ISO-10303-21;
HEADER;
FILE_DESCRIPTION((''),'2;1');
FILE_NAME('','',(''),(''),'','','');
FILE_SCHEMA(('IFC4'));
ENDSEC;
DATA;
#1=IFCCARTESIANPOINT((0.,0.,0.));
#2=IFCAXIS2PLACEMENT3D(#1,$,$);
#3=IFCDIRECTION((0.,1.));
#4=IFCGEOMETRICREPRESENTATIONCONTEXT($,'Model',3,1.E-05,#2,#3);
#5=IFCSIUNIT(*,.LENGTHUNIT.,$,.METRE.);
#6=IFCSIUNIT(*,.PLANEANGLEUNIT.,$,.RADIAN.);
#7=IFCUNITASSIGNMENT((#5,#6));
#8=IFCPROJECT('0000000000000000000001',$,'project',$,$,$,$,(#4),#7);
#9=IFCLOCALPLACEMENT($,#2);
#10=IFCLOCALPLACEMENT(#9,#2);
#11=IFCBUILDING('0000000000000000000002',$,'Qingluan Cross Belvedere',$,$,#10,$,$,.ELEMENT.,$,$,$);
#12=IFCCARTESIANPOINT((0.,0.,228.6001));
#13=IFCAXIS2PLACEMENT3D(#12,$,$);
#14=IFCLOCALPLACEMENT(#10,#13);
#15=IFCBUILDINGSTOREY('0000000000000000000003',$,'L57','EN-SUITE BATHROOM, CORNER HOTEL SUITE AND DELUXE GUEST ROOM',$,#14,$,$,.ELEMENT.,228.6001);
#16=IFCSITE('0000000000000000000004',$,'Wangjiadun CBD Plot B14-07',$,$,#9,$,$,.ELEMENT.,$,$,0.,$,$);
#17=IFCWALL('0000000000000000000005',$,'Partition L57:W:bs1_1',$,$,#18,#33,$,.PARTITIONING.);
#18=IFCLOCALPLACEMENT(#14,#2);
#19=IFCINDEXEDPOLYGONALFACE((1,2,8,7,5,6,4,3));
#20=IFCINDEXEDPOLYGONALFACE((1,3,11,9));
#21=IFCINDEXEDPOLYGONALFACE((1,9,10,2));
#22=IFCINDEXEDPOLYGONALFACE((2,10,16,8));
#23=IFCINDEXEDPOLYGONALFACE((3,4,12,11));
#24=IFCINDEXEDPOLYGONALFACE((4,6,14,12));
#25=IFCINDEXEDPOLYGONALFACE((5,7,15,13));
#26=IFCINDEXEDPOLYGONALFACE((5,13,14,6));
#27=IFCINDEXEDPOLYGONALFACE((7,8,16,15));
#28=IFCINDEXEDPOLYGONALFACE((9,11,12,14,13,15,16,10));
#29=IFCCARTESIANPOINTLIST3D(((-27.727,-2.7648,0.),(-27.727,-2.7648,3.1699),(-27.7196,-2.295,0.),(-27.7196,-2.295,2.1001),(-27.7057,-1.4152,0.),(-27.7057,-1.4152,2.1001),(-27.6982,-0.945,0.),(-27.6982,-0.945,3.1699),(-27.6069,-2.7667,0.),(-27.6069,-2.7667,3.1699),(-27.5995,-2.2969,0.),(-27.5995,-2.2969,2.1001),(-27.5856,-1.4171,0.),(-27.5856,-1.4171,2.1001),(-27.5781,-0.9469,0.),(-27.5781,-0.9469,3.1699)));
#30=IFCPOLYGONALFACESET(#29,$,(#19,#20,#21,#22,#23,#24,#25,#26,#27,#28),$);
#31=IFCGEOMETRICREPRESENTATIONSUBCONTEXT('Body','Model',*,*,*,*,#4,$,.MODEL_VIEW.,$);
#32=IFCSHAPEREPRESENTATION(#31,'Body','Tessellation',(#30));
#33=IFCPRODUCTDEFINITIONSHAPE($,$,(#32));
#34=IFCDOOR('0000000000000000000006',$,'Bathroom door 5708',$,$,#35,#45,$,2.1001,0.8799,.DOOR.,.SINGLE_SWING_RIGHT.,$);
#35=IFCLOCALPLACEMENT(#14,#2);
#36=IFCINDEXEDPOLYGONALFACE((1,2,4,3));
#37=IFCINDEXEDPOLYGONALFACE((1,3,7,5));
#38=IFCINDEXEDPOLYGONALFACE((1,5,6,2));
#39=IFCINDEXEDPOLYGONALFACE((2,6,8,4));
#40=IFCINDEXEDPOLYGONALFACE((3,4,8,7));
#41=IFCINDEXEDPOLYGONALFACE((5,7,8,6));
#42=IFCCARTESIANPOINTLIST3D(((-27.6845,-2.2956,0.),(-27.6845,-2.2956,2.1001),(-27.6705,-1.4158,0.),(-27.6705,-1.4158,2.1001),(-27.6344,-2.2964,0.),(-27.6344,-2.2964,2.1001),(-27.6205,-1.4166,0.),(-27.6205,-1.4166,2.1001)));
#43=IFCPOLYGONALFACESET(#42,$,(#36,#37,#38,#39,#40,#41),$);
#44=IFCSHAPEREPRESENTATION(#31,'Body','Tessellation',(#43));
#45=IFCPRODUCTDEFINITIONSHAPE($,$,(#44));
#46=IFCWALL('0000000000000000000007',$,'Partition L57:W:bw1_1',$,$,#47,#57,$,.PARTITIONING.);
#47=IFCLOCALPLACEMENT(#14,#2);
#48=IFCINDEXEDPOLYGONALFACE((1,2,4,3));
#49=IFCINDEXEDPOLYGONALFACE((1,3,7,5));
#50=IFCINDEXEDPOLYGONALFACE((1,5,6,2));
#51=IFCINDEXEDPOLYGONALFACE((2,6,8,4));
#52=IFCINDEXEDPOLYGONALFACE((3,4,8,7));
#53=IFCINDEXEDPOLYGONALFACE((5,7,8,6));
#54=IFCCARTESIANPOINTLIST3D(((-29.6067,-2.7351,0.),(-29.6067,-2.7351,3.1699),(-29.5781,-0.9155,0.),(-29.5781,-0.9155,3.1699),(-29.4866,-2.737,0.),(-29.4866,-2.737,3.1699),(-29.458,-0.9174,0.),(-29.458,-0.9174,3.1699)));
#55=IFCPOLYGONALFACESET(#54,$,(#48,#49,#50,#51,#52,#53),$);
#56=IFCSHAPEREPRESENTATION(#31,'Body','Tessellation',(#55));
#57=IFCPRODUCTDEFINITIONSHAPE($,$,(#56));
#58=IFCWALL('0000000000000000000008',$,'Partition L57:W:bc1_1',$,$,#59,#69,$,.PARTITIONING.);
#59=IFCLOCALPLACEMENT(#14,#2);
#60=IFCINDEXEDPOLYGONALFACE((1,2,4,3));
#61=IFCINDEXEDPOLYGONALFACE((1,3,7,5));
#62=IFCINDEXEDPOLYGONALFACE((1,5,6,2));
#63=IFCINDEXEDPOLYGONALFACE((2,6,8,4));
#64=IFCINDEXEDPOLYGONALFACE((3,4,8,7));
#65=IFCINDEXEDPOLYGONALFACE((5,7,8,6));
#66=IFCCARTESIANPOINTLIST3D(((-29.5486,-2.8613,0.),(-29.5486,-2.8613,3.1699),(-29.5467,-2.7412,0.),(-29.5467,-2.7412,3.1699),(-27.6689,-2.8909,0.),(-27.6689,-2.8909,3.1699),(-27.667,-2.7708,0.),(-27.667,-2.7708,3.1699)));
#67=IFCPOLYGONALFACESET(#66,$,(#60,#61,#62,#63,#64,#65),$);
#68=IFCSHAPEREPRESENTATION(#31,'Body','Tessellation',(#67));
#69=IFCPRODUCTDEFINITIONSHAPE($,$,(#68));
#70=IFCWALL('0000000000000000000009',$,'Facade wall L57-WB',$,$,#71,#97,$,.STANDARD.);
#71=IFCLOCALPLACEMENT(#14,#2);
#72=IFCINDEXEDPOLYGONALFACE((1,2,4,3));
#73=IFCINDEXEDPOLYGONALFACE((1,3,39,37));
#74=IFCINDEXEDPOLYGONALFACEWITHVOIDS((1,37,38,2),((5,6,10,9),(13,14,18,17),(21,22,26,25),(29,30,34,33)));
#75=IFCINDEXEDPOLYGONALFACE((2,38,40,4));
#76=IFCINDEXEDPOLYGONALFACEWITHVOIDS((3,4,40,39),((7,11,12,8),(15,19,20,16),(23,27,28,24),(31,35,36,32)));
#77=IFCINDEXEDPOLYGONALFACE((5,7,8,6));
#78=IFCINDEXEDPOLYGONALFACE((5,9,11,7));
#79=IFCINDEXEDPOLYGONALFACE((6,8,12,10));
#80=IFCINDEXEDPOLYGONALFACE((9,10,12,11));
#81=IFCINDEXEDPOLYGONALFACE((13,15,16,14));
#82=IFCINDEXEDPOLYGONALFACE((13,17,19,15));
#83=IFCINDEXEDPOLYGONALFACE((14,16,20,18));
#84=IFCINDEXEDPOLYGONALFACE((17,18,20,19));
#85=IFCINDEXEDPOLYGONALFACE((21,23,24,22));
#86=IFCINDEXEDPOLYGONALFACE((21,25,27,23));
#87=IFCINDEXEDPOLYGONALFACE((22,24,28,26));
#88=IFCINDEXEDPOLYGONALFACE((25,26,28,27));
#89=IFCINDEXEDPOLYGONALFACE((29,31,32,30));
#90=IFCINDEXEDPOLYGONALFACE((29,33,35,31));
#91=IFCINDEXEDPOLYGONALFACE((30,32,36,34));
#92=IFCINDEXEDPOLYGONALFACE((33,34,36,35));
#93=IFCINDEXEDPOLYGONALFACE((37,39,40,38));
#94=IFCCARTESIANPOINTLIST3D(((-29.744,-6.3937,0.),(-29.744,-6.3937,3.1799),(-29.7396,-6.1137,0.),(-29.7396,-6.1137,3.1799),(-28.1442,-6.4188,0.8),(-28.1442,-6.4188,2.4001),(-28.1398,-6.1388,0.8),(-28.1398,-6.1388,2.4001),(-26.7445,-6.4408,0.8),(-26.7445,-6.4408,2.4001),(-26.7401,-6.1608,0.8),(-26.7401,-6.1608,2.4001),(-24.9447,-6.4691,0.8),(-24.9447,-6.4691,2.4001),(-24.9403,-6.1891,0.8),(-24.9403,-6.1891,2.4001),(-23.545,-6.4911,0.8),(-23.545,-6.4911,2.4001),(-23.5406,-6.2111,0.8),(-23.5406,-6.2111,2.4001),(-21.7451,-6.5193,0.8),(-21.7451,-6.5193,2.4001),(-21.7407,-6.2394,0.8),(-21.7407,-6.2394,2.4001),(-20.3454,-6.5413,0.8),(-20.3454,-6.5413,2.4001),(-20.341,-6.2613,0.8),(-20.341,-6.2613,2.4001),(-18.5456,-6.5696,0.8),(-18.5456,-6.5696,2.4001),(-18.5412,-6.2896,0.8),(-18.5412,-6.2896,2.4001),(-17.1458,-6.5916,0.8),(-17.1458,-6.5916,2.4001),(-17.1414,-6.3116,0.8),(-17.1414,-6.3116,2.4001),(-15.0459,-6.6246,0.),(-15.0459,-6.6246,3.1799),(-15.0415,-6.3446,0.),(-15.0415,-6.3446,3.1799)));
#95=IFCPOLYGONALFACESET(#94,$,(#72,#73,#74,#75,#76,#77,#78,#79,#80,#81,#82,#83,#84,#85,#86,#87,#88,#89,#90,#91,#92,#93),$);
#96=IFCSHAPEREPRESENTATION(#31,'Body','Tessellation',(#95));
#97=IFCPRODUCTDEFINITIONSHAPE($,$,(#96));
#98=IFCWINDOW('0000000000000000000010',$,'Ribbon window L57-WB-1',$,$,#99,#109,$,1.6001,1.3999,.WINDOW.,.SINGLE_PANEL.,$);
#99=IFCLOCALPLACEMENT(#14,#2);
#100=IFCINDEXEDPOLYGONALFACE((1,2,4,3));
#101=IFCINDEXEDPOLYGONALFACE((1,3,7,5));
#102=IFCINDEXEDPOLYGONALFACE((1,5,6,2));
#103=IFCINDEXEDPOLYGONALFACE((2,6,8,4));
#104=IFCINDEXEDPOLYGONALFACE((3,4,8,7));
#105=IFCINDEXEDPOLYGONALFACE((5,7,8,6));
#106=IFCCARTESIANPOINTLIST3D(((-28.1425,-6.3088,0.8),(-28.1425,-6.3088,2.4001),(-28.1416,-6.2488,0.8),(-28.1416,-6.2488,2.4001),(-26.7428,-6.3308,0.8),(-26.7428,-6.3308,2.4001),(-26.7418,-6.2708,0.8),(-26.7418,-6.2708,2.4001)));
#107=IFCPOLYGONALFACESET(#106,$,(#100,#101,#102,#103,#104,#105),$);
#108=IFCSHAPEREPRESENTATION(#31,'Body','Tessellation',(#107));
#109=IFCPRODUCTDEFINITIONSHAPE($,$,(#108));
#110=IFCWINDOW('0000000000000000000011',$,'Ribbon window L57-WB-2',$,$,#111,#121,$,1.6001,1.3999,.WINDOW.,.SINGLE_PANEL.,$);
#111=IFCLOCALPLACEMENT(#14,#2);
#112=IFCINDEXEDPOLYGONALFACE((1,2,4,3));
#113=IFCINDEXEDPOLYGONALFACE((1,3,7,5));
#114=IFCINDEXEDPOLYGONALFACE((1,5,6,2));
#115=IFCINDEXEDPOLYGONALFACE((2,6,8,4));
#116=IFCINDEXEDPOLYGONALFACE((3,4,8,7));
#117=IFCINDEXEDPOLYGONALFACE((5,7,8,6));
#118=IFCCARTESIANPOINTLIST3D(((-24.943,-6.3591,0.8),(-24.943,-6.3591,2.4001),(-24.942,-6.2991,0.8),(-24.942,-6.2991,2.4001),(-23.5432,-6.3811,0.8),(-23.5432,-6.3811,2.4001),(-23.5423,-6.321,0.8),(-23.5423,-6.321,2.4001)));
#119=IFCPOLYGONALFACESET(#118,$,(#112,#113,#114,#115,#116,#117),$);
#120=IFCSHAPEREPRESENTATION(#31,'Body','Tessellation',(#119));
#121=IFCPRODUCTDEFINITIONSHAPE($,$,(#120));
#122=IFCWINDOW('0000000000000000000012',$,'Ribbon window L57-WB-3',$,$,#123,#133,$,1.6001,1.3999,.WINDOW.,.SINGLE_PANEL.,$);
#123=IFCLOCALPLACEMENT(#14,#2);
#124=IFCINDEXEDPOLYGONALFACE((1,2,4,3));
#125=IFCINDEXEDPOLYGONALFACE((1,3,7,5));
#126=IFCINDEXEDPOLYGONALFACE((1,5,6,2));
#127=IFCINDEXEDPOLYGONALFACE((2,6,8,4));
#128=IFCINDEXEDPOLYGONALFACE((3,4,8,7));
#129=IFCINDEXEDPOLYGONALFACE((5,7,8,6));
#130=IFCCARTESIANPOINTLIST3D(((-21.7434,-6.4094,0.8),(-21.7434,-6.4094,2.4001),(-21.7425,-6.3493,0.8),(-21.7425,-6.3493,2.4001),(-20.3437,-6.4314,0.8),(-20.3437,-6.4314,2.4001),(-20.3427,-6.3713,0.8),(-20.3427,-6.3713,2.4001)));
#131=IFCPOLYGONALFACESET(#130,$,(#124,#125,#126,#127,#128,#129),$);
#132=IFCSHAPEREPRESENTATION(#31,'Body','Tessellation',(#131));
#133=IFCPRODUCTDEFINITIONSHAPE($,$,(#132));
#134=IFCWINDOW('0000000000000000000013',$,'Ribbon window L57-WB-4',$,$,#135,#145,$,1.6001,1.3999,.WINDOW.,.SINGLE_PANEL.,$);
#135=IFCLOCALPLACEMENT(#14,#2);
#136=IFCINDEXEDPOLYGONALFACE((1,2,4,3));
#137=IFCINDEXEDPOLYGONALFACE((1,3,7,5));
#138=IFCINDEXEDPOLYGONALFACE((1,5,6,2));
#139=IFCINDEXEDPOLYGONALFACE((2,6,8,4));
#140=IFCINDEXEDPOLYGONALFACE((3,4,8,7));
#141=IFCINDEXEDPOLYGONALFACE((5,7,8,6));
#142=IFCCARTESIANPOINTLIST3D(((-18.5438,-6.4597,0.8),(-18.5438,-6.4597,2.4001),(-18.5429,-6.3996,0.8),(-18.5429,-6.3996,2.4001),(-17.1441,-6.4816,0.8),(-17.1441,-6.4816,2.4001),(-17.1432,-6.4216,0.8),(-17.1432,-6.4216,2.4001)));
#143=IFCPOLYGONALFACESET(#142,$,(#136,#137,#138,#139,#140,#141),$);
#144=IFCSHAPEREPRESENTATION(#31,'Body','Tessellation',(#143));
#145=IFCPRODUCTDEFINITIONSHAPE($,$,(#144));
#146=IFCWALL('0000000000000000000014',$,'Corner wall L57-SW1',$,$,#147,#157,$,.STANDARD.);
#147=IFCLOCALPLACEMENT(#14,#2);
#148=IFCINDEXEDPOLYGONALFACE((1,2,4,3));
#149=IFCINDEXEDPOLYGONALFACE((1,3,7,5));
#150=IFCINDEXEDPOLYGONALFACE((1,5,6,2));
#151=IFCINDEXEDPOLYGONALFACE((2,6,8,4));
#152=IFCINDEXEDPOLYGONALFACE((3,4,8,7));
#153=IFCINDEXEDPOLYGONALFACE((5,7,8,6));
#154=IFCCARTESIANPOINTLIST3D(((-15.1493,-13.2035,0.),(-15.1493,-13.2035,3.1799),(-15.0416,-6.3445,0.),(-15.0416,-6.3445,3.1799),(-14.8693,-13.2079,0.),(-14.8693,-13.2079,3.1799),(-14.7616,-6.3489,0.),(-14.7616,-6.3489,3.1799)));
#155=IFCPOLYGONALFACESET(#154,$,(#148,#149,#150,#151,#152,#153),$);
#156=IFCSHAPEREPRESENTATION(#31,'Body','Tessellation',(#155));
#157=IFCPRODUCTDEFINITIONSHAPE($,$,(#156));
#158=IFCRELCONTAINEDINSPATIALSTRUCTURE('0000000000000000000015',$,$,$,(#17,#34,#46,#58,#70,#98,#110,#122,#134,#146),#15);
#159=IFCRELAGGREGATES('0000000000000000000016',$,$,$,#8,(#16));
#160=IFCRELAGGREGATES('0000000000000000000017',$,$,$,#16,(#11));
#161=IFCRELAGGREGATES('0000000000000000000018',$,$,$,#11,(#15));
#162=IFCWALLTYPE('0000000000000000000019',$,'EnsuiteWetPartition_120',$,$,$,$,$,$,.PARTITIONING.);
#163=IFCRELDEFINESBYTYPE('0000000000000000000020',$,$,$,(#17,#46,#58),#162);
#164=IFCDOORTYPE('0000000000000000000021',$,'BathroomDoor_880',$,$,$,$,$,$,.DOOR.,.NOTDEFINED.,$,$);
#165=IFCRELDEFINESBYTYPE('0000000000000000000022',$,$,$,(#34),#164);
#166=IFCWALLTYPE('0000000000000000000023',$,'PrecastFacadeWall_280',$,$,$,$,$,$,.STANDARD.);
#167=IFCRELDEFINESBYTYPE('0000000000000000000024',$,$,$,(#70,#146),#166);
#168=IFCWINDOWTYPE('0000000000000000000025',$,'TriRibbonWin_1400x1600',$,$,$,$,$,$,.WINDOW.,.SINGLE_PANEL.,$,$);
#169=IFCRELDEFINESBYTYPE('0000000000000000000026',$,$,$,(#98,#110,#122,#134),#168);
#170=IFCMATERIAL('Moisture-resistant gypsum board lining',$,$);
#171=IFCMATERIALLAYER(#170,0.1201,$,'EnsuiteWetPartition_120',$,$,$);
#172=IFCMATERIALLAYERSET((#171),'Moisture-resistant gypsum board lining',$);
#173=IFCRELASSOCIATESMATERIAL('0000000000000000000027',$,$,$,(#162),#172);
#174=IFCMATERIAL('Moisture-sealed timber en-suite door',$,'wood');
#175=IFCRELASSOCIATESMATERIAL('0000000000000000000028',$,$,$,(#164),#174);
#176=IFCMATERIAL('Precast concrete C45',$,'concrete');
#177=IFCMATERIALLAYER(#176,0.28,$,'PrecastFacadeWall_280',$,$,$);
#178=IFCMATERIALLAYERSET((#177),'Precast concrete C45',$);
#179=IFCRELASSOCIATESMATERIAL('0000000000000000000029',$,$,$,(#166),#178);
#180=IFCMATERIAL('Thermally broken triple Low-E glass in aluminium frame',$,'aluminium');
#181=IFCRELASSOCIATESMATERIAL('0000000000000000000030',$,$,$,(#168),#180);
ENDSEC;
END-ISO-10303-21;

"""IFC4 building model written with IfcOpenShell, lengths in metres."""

from ifc_helpers import new_model, si_unit, direction, frame, frame_2d, origin, place, context, subcontext, project, spatial, rectangle, extrude, material, layer, layer_set, type_object, element, fill, save


model = new_model("IFC4")

# Units and contexts
model_context = context("Model", 3, precision=1e-05, world=origin(), true_north=direction((0.0, 1.0)))
body_context = subcontext(model_context, "Body", "Model", "MODEL_VIEW")
ifc_project = project(units=[si_unit("LENGTHUNIT", "METRE"), si_unit("PLANEANGLEUNIT", "RADIAN")], contexts=[model_context])

# Site, building, storey
site_placement = place(None, origin())
site = spatial("IfcSite", under=ifc_project, at=site_placement, Name="Wangjiadun CBD Plot B14-07", CompositionType="ELEMENT", RefElevation=0.0)
building_placement = place(site_placement, origin())
building = spatial("IfcBuilding", under=site, at=building_placement, Name="Qingluan Cross Belvedere", CompositionType="ELEMENT")
storey_placement = place(building_placement, frame((0.0, 0.0, 228.6001)))
storey = spatial("IfcBuildingStorey", under=building, at=storey_placement, Name="L57", Description="EN-SUITE BATHROOM, CORNER HOTEL SUITE AND DELUXE GUEST ROOM", CompositionType="ELEMENT", Elevation=228.6001)

# Shared definitions
ifc_material_1 = material(Name="Moisture-resistant gypsum board lining")
ifc_layer_1 = layer(ifc_material_1, 0.1201, Name="EnsuiteWetPartition_120")
ifc_layer_set_1 = layer_set([ifc_layer_1], Name="Moisture-resistant gypsum board lining")
wall_type_1 = type_object("IfcWallType", Name="EnsuiteWetPartition_120", PredefinedType="PARTITIONING", material=ifc_layer_set_1)
ifc_material_2 = material(Name="Moisture-sealed timber en-suite door", Category="wood")
door_type_1 = type_object("IfcDoorType", Name="BathroomDoor_880", OperationType="NOTDEFINED", PredefinedType="DOOR", material=ifc_material_2)

# Wall, opening, door
wall_1_placement = place(storey_placement, frame((-27.667, -2.7659, 0.0), z_axis=(0.0, 0.0, 1.0), x_axis=(0.015828, 0.999875, 0.0)))
wall_1 = element("IfcWall", 1, at=wall_1_placement, inside=storey, type_object=wall_type_1, Name="Partition L57:W:bs1_1", PredefinedType="PARTITIONING", context=body_context, shape_type="SweptSolid", body=[
    extrude(rectangle(XDim=1.8201, YDim=0.1201, at=frame_2d((0.9102, 0.0))), origin(), (0.0, 0.0, 1.0), 3.1699),
])
opening_1_placement = place(wall_1_placement, frame((0.47, 0.0, 0.0)))
opening_1 = element("IfcOpeningElement", 2, at=opening_1_placement, cuts=wall_1, PredefinedType="OPENING", context=body_context, shape_type="SweptSolid", body=[
    extrude(rectangle(XDim=0.8799, YDim=2.1001, at=frame_2d((0.4399, 1.05))), frame((0.0, 0.0701, 0.0), z_axis=(0.0, -1.0, 0.0), x_axis=(1.0, 0.0, 0.0)), (0.0, 0.0, 1.0), 0.1401),
])
door_1_placement = place(opening_1_placement, origin())
door_1 = element("IfcDoor", 3, at=door_1_placement, inside=storey, type_object=door_type_1, Name="Bathroom door 5708", OperationType="SINGLE_SWING_RIGHT", OverallHeight=2.1001, OverallWidth=0.8799, PredefinedType="DOOR", context=body_context, shape_type="SweptSolid", body=[
    extrude(rectangle(XDim=0.8799, YDim=2.1001, at=frame_2d((0.4399, 1.05))), frame((0.0, 0.0249, 0.0), z_axis=(0.0, -1.0, 0.0), x_axis=(1.0, 0.0, 0.0)), (0.0, 0.0, 1.0), 0.05),
])
fill(opening_1, door_1)

# Walls
wall_2_placement = place(storey_placement, frame((-29.5466, -2.7361, 0.0), z_axis=(0.0, 0.0, 1.0), x_axis=(0.015696, 0.999877, 0.0)))
element("IfcWall", 4, at=wall_2_placement, inside=storey, type_object=wall_type_1, Name="Partition L57:W:bw1_1", PredefinedType="PARTITIONING", context=body_context, shape_type="SweptSolid", body=[
    extrude(rectangle(XDim=1.8198, YDim=0.1201, at=frame_2d((0.9099, 0.0))), origin(), (0.0, 0.0, 1.0), 3.1699),
])
wall_3_placement = place(storey_placement, frame((-27.668, -2.8308, 0.0), z_axis=(0.0, 0.0, 1.0), x_axis=(-0.999877, 0.015714, 0.0)))
element("IfcWall", 5, at=wall_3_placement, inside=storey, type_object=wall_type_1, Name="Partition L57:W:bc1_1", PredefinedType="PARTITIONING", context=body_context, shape_type="SweptSolid", body=[
    extrude(rectangle(XDim=1.8799, YDim=0.1201, at=frame_2d((0.9399, 0.0))), origin(), (0.0, 0.0, 1.0), 3.1699),
])

# Wall, openings, windows
ifc_material_3 = material(Name="Precast concrete C45", Category="concrete")
ifc_layer_2 = layer(ifc_material_3, 0.28, Name="PrecastFacadeWall_280")
ifc_layer_set_2 = layer_set([ifc_layer_2], Name="Precast concrete C45")
wall_type_2 = type_object("IfcWallType", Name="PrecastFacadeWall_280", PredefinedType="STANDARD", material=ifc_layer_set_2)
wall_4_placement = place(storey_placement, frame((-29.7419, -6.2537, 0.0), z_axis=(0.0, 0.0, 1.0), x_axis=(0.999877, -0.015711, 0.0)))
wall_4 = element("IfcWall", 6, at=wall_4_placement, inside=storey, type_object=wall_type_2, Name="Facade wall L57-WB", PredefinedType="STANDARD", context=body_context, shape_type="SweptSolid", body=[
    extrude(rectangle(XDim=14.7, YDim=0.28, at=frame_2d((7.3501, 0.0))), origin(), (0.0, 0.0, 1.0), 3.1799),
])
opening_2_placement = place(wall_4_placement, frame((1.6001, 0.0, 0.8)))
opening_2 = element("IfcOpeningElement", 7, at=opening_2_placement, cuts=wall_4, PredefinedType="OPENING", context=body_context, shape_type="SweptSolid", body=[
    extrude(rectangle(XDim=1.3999, YDim=1.6001, at=frame_2d((0.7, 0.8))), frame((0.0, 0.1499, 0.0), z_axis=(0.0, -1.0, 0.0), x_axis=(1.0, 0.0, 0.0)), (0.0, 0.0, 1.0), 0.3),
])
opening_3_placement = place(wall_4_placement, frame((4.8, 0.0, 0.8)))
opening_3 = element("IfcOpeningElement", 8, at=opening_3_placement, cuts=wall_4, PredefinedType="OPENING", context=body_context, shape_type="SweptSolid", body=[
    extrude(rectangle(XDim=1.3999, YDim=1.6001, at=frame_2d((0.7, 0.8))), frame((0.0, 0.1499, 0.0), z_axis=(0.0, -1.0, 0.0), x_axis=(1.0, 0.0, 0.0)), (0.0, 0.0, 1.0), 0.3),
])
opening_4_placement = place(wall_4_placement, frame((8.0, 0.0, 0.8)))
opening_4 = element("IfcOpeningElement", 9, at=opening_4_placement, cuts=wall_4, PredefinedType="OPENING", context=body_context, shape_type="SweptSolid", body=[
    extrude(rectangle(XDim=1.3999, YDim=1.6001, at=frame_2d((0.7, 0.8))), frame((0.0, 0.1499, 0.0), z_axis=(0.0, -1.0, 0.0), x_axis=(1.0, 0.0, 0.0)), (0.0, 0.0, 1.0), 0.3),
])
opening_5_placement = place(wall_4_placement, frame((11.2, 0.0, 0.8)))
opening_5 = element("IfcOpeningElement", 10, at=opening_5_placement, cuts=wall_4, PredefinedType="OPENING", context=body_context, shape_type="SweptSolid", body=[
    extrude(rectangle(XDim=1.3999, YDim=1.6001, at=frame_2d((0.7, 0.8))), frame((0.0, 0.1499, 0.0), z_axis=(0.0, -1.0, 0.0), x_axis=(1.0, 0.0, 0.0)), (0.0, 0.0, 1.0), 0.3),
])
ifc_material_4 = material(Name="Thermally broken triple Low-E glass in aluminium frame", Category="aluminium")
window_type = type_object("IfcWindowType", Name="TriRibbonWin_1400x1600", PartitioningType="SINGLE_PANEL", PredefinedType="WINDOW", material=ifc_material_4)
window_1_placement = place(opening_2_placement, origin())
window_1 = element("IfcWindow", 11, at=window_1_placement, inside=storey, type_object=window_type, Name="Ribbon window L57-WB-1", OverallHeight=1.6001, OverallWidth=1.3999, PartitioningType="SINGLE_PANEL", PredefinedType="WINDOW", context=body_context, shape_type="SweptSolid", body=[
    extrude(rectangle(XDim=1.3999, YDim=1.6001, at=frame_2d((0.7, 0.8))), frame((0.0, 0.03, 0.0), z_axis=(0.0, -1.0, 0.0), x_axis=(1.0, 0.0, 0.0)), (0.0, 0.0, 1.0), 0.0601),
])
fill(opening_2, window_1)
window_2_placement = place(opening_3_placement, origin())
window_2 = element("IfcWindow", 12, at=window_2_placement, inside=storey, type_object=window_type, Name="Ribbon window L57-WB-2", OverallHeight=1.6001, OverallWidth=1.3999, PartitioningType="SINGLE_PANEL", PredefinedType="WINDOW", context=body_context, shape_type="SweptSolid", body=[
    extrude(rectangle(XDim=1.3999, YDim=1.6001, at=frame_2d((0.7, 0.8))), frame((0.0, 0.03, 0.0), z_axis=(0.0, -1.0, 0.0), x_axis=(1.0, 0.0, 0.0)), (0.0, 0.0, 1.0), 0.0601),
])
fill(opening_3, window_2)
window_3_placement = place(opening_4_placement, origin())
window_3 = element("IfcWindow", 13, at=window_3_placement, inside=storey, type_object=window_type, Name="Ribbon window L57-WB-3", OverallHeight=1.6001, OverallWidth=1.3999, PartitioningType="SINGLE_PANEL", PredefinedType="WINDOW", context=body_context, shape_type="SweptSolid", body=[
    extrude(rectangle(XDim=1.3999, YDim=1.6001, at=frame_2d((0.7, 0.8))), frame((0.0, 0.03, 0.0), z_axis=(0.0, -1.0, 0.0), x_axis=(1.0, 0.0, 0.0)), (0.0, 0.0, 1.0), 0.0601),
])
fill(opening_4, window_3)
window_4_placement = place(opening_5_placement, origin())
window_4 = element("IfcWindow", 14, at=window_4_placement, inside=storey, type_object=window_type, Name="Ribbon window L57-WB-4", OverallHeight=1.6001, OverallWidth=1.3999, PartitioningType="SINGLE_PANEL", PredefinedType="WINDOW", context=body_context, shape_type="SweptSolid", body=[
    extrude(rectangle(XDim=1.3999, YDim=1.6001, at=frame_2d((0.7, 0.8))), frame((0.0, 0.03, 0.0), z_axis=(0.0, -1.0, 0.0), x_axis=(1.0, 0.0, 0.0)), (0.0, 0.0, 1.0), 0.0601),
])
fill(opening_5, window_4)

# Wall
wall_5_placement = place(storey_placement, frame((-14.9016, -6.3467, 0.0), z_axis=(0.0, 0.0, 1.0), x_axis=(-0.015695, -0.999877, 0.0)))
element("IfcWall", 15, at=wall_5_placement, inside=storey, type_object=wall_type_2, Name="Corner wall L57-SW1", PredefinedType="STANDARD", context=body_context, shape_type="SweptSolid", body=[
    extrude(rectangle(XDim=6.8599, YDim=0.28, at=frame_2d((3.4299, 0.0))), origin(), (0.0, 0.0, 1.0), 3.1799),
])

save(model, "model.ifc")
